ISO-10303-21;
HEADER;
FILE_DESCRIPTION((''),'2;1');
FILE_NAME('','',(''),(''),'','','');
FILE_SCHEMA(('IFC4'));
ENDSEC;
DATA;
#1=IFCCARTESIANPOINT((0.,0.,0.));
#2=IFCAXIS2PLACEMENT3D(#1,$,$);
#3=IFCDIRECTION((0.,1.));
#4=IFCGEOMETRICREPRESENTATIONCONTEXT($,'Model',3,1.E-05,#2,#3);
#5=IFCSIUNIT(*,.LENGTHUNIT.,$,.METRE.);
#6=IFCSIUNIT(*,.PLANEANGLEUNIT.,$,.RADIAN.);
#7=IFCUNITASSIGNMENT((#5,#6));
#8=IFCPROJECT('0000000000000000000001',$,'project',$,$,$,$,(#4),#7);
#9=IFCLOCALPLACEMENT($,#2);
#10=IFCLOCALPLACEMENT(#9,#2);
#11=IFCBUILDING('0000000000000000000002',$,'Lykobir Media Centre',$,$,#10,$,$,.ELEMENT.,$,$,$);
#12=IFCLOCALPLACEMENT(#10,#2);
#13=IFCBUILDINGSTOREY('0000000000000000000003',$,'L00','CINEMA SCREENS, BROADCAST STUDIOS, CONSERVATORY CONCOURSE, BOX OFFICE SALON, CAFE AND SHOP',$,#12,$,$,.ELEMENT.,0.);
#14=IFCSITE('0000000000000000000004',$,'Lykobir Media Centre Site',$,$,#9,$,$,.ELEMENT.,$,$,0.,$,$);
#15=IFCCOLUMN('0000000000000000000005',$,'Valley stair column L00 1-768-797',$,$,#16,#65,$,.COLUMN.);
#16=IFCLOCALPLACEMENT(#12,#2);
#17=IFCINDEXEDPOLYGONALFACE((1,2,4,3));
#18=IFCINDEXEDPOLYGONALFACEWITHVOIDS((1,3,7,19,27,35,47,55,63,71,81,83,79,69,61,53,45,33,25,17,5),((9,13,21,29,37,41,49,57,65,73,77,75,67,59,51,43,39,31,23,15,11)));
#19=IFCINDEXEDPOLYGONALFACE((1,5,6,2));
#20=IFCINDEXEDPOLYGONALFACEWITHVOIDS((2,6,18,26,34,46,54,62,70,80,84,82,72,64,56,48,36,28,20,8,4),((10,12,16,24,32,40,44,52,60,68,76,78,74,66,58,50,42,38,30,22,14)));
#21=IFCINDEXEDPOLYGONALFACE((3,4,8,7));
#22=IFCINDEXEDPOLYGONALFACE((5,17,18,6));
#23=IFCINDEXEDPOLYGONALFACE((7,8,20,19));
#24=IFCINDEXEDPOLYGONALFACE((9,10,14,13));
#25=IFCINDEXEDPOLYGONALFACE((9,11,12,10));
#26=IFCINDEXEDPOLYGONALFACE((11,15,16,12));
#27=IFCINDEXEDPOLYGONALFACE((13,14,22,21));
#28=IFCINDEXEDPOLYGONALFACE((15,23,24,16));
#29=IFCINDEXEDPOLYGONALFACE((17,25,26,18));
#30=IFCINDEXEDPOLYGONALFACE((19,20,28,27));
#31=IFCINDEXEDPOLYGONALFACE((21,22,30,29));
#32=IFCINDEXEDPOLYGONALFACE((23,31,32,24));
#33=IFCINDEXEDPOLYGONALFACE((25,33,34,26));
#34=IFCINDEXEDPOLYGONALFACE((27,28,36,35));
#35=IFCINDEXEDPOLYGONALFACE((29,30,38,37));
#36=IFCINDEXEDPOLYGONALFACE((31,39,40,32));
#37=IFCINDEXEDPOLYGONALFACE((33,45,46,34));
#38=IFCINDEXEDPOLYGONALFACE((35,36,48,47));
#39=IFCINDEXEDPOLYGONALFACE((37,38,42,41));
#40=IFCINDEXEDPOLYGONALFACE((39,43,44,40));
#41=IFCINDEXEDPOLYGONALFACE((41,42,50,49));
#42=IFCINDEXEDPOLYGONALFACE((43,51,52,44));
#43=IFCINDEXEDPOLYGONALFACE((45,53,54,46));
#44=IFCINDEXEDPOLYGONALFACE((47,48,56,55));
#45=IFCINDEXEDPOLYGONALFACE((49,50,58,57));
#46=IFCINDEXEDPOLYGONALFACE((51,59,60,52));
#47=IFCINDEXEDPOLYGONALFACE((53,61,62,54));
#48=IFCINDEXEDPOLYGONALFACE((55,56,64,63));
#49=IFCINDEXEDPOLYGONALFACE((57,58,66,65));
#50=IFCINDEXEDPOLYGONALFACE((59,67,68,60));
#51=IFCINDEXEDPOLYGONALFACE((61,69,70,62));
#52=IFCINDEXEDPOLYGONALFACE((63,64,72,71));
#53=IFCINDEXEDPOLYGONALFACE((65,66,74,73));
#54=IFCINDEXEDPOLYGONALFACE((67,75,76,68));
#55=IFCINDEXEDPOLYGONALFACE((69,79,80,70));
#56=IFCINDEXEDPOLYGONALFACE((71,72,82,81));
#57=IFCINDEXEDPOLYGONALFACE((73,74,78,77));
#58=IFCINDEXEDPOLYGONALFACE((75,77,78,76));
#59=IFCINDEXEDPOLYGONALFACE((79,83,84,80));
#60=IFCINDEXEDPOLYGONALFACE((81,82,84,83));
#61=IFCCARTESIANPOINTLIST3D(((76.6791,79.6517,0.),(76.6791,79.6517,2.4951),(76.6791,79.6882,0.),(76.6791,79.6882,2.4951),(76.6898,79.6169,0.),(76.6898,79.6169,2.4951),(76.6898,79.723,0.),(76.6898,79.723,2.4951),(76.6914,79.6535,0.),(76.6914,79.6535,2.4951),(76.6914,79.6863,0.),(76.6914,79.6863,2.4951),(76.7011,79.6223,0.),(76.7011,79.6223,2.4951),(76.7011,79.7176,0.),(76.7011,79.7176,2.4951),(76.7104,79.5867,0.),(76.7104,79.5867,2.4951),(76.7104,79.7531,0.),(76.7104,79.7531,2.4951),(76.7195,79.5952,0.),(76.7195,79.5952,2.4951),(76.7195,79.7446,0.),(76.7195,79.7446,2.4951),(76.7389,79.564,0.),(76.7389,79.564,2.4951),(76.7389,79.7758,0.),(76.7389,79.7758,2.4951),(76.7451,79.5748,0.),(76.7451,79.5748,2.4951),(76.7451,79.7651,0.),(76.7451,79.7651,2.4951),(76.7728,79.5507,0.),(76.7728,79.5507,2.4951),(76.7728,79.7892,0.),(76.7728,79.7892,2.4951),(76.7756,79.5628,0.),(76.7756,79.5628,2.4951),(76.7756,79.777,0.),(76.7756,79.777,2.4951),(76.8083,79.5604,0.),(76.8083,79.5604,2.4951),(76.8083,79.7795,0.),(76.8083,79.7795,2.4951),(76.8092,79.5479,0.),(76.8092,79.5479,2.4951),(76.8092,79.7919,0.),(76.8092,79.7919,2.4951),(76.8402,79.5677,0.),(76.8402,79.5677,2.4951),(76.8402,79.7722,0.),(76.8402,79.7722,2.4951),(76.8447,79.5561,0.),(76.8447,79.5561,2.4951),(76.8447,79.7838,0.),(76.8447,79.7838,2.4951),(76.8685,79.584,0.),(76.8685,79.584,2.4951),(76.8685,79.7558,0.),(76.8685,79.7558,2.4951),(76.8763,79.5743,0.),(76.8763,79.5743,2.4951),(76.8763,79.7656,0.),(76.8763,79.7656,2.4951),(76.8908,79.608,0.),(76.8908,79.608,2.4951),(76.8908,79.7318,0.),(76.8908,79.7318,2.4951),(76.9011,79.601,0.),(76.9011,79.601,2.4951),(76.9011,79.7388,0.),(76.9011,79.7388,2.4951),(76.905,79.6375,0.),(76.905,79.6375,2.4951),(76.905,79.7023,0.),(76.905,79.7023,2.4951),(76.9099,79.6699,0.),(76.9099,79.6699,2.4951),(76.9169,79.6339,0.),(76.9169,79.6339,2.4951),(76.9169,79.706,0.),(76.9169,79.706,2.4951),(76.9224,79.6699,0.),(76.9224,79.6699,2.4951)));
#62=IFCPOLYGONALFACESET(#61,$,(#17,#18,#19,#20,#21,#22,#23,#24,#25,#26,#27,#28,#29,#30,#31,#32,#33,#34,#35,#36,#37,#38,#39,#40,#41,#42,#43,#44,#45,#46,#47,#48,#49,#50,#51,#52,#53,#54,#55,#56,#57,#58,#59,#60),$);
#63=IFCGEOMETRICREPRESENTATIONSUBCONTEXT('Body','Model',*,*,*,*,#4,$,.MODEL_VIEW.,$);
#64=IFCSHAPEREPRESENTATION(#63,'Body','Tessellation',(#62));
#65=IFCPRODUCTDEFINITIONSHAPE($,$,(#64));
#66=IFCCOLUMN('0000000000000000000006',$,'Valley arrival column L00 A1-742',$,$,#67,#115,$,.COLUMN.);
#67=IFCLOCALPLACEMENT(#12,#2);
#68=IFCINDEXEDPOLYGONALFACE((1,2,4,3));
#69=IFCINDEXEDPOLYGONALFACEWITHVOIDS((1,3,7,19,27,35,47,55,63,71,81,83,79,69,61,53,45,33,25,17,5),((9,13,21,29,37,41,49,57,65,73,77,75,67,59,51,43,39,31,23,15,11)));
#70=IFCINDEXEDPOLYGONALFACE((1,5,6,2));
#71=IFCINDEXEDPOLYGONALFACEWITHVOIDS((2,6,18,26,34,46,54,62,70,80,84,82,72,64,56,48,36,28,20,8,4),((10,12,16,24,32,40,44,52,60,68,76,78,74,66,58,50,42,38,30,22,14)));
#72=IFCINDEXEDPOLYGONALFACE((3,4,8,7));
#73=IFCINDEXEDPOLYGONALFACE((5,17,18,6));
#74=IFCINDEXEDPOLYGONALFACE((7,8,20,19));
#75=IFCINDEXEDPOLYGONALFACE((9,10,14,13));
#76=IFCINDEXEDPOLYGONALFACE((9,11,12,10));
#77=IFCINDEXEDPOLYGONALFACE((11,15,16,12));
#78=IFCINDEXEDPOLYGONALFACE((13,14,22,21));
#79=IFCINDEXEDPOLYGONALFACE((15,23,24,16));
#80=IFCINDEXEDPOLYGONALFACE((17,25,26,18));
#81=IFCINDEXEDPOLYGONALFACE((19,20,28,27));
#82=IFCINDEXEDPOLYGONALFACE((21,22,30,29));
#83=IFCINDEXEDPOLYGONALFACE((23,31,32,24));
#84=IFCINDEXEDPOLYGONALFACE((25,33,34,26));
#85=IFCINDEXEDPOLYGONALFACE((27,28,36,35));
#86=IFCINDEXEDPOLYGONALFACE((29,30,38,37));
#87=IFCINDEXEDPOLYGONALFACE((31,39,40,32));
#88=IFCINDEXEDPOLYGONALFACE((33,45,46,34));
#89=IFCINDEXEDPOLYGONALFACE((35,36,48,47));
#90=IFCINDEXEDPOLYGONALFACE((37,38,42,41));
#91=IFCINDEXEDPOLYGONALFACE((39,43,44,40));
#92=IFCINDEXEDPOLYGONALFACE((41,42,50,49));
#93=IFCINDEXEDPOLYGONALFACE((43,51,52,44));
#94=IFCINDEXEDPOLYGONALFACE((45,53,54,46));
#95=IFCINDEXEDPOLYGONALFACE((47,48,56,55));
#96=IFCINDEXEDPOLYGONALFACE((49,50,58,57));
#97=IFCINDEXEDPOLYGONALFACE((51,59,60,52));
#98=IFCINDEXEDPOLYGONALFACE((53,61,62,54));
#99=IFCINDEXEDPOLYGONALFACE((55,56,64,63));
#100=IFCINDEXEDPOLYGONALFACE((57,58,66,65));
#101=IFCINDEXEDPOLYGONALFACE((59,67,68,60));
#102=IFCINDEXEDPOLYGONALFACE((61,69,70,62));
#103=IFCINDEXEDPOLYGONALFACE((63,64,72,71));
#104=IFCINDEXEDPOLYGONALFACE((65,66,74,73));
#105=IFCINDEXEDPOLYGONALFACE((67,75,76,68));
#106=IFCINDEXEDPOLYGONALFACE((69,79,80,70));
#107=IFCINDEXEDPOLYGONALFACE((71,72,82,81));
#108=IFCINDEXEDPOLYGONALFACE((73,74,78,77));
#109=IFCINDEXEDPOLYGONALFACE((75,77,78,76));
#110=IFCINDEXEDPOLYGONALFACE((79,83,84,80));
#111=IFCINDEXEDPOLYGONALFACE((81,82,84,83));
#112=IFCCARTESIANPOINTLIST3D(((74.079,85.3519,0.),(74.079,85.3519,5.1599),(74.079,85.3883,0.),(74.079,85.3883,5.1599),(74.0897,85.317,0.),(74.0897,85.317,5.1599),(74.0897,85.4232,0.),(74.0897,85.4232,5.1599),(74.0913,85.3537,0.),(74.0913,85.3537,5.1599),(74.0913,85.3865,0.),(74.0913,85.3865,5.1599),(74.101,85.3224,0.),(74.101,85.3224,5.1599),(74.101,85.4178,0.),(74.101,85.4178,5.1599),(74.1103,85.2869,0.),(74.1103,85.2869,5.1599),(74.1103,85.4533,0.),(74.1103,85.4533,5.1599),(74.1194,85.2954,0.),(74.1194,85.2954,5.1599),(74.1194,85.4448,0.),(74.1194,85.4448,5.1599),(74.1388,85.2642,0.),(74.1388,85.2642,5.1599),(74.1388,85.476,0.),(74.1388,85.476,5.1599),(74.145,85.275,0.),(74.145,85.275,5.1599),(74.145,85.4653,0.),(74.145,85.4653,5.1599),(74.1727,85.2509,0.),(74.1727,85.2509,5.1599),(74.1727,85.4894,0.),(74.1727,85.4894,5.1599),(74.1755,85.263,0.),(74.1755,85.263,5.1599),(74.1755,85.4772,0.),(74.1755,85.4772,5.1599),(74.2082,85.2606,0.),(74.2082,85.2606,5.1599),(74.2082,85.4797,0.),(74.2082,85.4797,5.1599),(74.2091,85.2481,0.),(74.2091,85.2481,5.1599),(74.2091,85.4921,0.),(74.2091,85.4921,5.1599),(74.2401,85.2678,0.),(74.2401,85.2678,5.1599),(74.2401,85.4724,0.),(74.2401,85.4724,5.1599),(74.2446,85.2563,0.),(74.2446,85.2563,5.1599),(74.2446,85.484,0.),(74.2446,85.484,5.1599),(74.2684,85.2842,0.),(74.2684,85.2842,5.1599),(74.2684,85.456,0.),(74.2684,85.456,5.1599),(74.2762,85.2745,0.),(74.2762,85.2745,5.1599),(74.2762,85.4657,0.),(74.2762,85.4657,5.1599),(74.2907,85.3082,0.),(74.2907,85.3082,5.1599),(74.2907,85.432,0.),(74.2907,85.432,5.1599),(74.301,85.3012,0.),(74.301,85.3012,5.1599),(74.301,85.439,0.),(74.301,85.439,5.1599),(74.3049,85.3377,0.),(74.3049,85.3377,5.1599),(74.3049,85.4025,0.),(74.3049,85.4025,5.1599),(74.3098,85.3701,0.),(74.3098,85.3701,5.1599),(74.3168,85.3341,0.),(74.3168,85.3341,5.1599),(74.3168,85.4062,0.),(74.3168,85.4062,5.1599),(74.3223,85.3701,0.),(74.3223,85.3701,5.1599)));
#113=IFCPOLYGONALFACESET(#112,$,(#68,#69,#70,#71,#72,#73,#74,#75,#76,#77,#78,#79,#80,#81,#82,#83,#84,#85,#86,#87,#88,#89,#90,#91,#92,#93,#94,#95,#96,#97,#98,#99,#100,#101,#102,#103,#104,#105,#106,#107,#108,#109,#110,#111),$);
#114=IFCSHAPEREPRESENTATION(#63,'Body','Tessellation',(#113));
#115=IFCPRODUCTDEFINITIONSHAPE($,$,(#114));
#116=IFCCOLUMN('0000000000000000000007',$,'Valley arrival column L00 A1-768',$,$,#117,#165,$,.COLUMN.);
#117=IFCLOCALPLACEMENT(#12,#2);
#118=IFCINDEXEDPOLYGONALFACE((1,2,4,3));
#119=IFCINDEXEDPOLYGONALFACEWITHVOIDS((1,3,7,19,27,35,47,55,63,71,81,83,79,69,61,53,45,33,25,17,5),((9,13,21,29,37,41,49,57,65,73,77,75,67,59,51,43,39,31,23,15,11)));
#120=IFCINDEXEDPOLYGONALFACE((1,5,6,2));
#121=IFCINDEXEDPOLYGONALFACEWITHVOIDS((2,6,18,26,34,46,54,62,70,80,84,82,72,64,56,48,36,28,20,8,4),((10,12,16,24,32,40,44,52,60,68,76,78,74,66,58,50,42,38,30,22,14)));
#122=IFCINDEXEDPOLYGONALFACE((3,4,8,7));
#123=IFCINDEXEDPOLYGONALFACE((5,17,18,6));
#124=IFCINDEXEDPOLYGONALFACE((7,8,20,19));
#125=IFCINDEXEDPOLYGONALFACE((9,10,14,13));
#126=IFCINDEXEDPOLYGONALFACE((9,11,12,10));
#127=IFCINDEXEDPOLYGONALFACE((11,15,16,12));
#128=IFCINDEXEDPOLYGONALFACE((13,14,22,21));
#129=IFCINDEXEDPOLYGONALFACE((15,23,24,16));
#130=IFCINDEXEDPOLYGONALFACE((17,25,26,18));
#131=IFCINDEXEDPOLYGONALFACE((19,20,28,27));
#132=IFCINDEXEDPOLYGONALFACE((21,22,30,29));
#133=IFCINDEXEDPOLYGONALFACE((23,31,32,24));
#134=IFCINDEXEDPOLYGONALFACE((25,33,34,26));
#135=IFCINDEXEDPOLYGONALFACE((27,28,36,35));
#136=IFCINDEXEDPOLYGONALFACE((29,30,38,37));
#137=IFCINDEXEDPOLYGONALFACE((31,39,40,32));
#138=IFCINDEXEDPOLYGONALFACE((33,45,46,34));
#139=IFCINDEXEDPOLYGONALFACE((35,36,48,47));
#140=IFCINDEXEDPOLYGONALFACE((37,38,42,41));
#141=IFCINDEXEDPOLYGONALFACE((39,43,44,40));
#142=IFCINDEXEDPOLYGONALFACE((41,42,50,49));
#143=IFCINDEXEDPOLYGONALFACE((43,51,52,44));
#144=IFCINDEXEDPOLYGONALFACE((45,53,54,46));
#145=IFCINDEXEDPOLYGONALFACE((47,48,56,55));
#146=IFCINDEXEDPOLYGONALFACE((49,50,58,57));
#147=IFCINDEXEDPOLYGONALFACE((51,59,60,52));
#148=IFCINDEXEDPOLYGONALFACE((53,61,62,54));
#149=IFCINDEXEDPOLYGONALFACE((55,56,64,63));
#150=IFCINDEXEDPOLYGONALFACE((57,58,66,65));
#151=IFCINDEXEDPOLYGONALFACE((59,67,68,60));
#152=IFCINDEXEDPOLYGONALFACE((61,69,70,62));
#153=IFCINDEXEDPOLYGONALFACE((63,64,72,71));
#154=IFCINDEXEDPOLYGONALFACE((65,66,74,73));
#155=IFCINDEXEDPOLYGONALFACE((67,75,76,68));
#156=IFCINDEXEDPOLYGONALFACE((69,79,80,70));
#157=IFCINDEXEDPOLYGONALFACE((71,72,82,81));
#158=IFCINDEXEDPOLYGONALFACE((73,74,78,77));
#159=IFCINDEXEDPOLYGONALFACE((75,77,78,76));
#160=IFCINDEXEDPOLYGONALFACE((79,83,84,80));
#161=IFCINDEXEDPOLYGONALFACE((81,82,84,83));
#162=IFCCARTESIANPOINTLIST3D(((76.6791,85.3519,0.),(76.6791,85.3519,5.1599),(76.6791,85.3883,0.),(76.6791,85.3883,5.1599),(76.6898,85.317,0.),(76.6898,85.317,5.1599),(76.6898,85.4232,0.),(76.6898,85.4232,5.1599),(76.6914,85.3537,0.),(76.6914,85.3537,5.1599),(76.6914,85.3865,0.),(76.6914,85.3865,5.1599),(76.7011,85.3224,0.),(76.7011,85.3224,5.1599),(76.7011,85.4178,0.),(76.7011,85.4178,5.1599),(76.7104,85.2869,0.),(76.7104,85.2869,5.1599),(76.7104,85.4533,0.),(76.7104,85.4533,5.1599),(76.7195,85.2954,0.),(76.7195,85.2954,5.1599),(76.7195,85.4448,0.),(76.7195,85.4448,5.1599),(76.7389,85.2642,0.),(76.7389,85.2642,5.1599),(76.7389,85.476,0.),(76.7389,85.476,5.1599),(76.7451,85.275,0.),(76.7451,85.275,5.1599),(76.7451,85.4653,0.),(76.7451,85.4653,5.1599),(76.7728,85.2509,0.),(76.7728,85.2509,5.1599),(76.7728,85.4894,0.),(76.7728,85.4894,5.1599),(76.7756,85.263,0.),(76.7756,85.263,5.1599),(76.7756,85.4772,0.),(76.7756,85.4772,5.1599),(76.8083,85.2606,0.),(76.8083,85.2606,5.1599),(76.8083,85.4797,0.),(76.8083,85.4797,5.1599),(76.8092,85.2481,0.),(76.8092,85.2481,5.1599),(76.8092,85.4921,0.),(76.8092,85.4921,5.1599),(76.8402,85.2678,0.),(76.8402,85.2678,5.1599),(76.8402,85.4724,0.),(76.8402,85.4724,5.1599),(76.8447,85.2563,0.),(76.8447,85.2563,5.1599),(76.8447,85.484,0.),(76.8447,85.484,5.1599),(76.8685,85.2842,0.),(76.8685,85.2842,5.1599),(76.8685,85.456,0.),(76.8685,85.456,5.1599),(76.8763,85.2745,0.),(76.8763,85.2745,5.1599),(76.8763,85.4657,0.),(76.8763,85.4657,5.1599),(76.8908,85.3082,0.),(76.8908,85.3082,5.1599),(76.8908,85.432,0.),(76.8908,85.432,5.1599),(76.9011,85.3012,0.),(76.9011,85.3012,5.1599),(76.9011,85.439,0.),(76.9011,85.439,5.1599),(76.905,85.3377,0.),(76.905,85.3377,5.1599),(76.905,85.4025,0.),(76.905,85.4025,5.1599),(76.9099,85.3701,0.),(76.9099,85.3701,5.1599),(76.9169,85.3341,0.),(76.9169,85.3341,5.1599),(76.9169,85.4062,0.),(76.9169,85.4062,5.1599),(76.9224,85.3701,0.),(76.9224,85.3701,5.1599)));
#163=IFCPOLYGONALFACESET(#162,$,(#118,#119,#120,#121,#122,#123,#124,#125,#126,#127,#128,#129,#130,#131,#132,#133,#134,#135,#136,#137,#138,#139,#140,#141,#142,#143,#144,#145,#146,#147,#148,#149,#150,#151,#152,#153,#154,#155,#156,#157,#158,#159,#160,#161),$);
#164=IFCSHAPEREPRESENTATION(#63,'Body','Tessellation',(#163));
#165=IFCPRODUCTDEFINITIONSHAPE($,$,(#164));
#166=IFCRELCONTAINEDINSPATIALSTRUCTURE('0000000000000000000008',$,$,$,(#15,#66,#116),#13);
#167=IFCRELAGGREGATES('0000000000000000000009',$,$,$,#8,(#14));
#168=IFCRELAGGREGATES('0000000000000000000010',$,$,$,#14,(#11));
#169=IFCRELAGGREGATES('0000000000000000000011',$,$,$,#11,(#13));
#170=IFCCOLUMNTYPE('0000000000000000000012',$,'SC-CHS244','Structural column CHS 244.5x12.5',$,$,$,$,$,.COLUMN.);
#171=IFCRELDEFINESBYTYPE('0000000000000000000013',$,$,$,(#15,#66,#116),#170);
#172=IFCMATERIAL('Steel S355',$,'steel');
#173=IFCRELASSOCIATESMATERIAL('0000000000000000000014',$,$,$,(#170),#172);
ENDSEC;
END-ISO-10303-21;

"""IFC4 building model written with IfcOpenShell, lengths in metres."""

from ifc_helpers import new_model, si_unit, direction, frame, origin, origin_2d, place, context, subcontext, project, spatial, hollow_circle, extrude, material, material_profile, profile_set, type_object, element, save


model = new_model("IFC4")

# Units and contexts
model_context = context("Model", 3, precision=1e-05, world=origin(), true_north=direction((0.0, 1.0)))
body_context = subcontext(model_context, "Body", "Model", "MODEL_VIEW")
ifc_project = project(units=[si_unit("LENGTHUNIT", "METRE"), si_unit("PLANEANGLEUNIT", "RADIAN")], contexts=[model_context])

# Site, building, storey
site_placement = place(None, origin())
site = spatial("IfcSite", under=ifc_project, at=site_placement, Name="Lykobir Media Centre Site", CompositionType="ELEMENT", RefElevation=0.0)
building_placement = place(site_placement, origin())
building = spatial("IfcBuilding", under=site, at=building_placement, Name="Lykobir Media Centre", CompositionType="ELEMENT")
storey_placement = place(building_placement, origin())
storey = spatial("IfcBuildingStorey", under=building, at=storey_placement, Name="L00", Description="CINEMA SCREENS, BROADCAST STUDIOS, CONSERVATORY CONCOURSE, BOX OFFICE SALON, CAFE AND SHOP", CompositionType="ELEMENT", Elevation=0.0)

# Columns
ifc_material_1 = material(Name="Steel S355", Category="steel")
ifc_material_profile_1 = material_profile(ifc_material_1, hollow_circle(Radius=0.1223, WallThickness=0.0125, at=origin_2d()), Name="CHS 244.5x12.5")
ifc_profile_set_1 = profile_set([ifc_material_profile_1], Name="Steel S355")
column_type_1 = type_object("IfcColumnType", Name="SC-CHS244", Description="Structural column CHS 244.5x12.5", PredefinedType="COLUMN", material=ifc_profile_set_1)
for number, where, z_axis, x_axis, name in (
    (1, (76.8, 79.6699, 0.0), (0.0, 0.0, 1.0), (1.0, 0.0, 0.0), "Valley stair column L00 1-768-797"),
):
    element("IfcColumn", number, at=place(storey_placement, frame(where, z_axis=z_axis, x_axis=x_axis)), inside=storey, type_object=column_type_1, Name=name, PredefinedType="COLUMN", context=body_context, shape_type="SweptSolid", body=[
        extrude(hollow_circle(Radius=0.1223, WallThickness=0.0125, at=origin_2d()), origin(), (0.0, 0.0, 1.0), 2.4951),
    ])
for number, where, z_axis, x_axis, name in (
    (2, (74.2, 85.3701, 0.0), (0.0, 0.0, 1.0), (1.0, 0.0, 0.0), "Valley arrival column L00 A1-742"),
    (3, (76.8, 85.3701, 0.0), (0.0, 0.0, 1.0), (1.0, 0.0, 0.0), "Valley arrival column L00 A1-768"),
):
    element("IfcColumn", number, at=place(storey_placement, frame(where, z_axis=z_axis, x_axis=x_axis)), inside=storey, type_object=column_type_1, Name=name, PredefinedType="COLUMN", context=body_context, shape_type="SweptSolid", body=[
        extrude(hollow_circle(Radius=0.1223, WallThickness=0.0125, at=origin_2d()), origin(), (0.0, 0.0, 1.0), 5.1599),
    ])

save(model, "model.ifc")
